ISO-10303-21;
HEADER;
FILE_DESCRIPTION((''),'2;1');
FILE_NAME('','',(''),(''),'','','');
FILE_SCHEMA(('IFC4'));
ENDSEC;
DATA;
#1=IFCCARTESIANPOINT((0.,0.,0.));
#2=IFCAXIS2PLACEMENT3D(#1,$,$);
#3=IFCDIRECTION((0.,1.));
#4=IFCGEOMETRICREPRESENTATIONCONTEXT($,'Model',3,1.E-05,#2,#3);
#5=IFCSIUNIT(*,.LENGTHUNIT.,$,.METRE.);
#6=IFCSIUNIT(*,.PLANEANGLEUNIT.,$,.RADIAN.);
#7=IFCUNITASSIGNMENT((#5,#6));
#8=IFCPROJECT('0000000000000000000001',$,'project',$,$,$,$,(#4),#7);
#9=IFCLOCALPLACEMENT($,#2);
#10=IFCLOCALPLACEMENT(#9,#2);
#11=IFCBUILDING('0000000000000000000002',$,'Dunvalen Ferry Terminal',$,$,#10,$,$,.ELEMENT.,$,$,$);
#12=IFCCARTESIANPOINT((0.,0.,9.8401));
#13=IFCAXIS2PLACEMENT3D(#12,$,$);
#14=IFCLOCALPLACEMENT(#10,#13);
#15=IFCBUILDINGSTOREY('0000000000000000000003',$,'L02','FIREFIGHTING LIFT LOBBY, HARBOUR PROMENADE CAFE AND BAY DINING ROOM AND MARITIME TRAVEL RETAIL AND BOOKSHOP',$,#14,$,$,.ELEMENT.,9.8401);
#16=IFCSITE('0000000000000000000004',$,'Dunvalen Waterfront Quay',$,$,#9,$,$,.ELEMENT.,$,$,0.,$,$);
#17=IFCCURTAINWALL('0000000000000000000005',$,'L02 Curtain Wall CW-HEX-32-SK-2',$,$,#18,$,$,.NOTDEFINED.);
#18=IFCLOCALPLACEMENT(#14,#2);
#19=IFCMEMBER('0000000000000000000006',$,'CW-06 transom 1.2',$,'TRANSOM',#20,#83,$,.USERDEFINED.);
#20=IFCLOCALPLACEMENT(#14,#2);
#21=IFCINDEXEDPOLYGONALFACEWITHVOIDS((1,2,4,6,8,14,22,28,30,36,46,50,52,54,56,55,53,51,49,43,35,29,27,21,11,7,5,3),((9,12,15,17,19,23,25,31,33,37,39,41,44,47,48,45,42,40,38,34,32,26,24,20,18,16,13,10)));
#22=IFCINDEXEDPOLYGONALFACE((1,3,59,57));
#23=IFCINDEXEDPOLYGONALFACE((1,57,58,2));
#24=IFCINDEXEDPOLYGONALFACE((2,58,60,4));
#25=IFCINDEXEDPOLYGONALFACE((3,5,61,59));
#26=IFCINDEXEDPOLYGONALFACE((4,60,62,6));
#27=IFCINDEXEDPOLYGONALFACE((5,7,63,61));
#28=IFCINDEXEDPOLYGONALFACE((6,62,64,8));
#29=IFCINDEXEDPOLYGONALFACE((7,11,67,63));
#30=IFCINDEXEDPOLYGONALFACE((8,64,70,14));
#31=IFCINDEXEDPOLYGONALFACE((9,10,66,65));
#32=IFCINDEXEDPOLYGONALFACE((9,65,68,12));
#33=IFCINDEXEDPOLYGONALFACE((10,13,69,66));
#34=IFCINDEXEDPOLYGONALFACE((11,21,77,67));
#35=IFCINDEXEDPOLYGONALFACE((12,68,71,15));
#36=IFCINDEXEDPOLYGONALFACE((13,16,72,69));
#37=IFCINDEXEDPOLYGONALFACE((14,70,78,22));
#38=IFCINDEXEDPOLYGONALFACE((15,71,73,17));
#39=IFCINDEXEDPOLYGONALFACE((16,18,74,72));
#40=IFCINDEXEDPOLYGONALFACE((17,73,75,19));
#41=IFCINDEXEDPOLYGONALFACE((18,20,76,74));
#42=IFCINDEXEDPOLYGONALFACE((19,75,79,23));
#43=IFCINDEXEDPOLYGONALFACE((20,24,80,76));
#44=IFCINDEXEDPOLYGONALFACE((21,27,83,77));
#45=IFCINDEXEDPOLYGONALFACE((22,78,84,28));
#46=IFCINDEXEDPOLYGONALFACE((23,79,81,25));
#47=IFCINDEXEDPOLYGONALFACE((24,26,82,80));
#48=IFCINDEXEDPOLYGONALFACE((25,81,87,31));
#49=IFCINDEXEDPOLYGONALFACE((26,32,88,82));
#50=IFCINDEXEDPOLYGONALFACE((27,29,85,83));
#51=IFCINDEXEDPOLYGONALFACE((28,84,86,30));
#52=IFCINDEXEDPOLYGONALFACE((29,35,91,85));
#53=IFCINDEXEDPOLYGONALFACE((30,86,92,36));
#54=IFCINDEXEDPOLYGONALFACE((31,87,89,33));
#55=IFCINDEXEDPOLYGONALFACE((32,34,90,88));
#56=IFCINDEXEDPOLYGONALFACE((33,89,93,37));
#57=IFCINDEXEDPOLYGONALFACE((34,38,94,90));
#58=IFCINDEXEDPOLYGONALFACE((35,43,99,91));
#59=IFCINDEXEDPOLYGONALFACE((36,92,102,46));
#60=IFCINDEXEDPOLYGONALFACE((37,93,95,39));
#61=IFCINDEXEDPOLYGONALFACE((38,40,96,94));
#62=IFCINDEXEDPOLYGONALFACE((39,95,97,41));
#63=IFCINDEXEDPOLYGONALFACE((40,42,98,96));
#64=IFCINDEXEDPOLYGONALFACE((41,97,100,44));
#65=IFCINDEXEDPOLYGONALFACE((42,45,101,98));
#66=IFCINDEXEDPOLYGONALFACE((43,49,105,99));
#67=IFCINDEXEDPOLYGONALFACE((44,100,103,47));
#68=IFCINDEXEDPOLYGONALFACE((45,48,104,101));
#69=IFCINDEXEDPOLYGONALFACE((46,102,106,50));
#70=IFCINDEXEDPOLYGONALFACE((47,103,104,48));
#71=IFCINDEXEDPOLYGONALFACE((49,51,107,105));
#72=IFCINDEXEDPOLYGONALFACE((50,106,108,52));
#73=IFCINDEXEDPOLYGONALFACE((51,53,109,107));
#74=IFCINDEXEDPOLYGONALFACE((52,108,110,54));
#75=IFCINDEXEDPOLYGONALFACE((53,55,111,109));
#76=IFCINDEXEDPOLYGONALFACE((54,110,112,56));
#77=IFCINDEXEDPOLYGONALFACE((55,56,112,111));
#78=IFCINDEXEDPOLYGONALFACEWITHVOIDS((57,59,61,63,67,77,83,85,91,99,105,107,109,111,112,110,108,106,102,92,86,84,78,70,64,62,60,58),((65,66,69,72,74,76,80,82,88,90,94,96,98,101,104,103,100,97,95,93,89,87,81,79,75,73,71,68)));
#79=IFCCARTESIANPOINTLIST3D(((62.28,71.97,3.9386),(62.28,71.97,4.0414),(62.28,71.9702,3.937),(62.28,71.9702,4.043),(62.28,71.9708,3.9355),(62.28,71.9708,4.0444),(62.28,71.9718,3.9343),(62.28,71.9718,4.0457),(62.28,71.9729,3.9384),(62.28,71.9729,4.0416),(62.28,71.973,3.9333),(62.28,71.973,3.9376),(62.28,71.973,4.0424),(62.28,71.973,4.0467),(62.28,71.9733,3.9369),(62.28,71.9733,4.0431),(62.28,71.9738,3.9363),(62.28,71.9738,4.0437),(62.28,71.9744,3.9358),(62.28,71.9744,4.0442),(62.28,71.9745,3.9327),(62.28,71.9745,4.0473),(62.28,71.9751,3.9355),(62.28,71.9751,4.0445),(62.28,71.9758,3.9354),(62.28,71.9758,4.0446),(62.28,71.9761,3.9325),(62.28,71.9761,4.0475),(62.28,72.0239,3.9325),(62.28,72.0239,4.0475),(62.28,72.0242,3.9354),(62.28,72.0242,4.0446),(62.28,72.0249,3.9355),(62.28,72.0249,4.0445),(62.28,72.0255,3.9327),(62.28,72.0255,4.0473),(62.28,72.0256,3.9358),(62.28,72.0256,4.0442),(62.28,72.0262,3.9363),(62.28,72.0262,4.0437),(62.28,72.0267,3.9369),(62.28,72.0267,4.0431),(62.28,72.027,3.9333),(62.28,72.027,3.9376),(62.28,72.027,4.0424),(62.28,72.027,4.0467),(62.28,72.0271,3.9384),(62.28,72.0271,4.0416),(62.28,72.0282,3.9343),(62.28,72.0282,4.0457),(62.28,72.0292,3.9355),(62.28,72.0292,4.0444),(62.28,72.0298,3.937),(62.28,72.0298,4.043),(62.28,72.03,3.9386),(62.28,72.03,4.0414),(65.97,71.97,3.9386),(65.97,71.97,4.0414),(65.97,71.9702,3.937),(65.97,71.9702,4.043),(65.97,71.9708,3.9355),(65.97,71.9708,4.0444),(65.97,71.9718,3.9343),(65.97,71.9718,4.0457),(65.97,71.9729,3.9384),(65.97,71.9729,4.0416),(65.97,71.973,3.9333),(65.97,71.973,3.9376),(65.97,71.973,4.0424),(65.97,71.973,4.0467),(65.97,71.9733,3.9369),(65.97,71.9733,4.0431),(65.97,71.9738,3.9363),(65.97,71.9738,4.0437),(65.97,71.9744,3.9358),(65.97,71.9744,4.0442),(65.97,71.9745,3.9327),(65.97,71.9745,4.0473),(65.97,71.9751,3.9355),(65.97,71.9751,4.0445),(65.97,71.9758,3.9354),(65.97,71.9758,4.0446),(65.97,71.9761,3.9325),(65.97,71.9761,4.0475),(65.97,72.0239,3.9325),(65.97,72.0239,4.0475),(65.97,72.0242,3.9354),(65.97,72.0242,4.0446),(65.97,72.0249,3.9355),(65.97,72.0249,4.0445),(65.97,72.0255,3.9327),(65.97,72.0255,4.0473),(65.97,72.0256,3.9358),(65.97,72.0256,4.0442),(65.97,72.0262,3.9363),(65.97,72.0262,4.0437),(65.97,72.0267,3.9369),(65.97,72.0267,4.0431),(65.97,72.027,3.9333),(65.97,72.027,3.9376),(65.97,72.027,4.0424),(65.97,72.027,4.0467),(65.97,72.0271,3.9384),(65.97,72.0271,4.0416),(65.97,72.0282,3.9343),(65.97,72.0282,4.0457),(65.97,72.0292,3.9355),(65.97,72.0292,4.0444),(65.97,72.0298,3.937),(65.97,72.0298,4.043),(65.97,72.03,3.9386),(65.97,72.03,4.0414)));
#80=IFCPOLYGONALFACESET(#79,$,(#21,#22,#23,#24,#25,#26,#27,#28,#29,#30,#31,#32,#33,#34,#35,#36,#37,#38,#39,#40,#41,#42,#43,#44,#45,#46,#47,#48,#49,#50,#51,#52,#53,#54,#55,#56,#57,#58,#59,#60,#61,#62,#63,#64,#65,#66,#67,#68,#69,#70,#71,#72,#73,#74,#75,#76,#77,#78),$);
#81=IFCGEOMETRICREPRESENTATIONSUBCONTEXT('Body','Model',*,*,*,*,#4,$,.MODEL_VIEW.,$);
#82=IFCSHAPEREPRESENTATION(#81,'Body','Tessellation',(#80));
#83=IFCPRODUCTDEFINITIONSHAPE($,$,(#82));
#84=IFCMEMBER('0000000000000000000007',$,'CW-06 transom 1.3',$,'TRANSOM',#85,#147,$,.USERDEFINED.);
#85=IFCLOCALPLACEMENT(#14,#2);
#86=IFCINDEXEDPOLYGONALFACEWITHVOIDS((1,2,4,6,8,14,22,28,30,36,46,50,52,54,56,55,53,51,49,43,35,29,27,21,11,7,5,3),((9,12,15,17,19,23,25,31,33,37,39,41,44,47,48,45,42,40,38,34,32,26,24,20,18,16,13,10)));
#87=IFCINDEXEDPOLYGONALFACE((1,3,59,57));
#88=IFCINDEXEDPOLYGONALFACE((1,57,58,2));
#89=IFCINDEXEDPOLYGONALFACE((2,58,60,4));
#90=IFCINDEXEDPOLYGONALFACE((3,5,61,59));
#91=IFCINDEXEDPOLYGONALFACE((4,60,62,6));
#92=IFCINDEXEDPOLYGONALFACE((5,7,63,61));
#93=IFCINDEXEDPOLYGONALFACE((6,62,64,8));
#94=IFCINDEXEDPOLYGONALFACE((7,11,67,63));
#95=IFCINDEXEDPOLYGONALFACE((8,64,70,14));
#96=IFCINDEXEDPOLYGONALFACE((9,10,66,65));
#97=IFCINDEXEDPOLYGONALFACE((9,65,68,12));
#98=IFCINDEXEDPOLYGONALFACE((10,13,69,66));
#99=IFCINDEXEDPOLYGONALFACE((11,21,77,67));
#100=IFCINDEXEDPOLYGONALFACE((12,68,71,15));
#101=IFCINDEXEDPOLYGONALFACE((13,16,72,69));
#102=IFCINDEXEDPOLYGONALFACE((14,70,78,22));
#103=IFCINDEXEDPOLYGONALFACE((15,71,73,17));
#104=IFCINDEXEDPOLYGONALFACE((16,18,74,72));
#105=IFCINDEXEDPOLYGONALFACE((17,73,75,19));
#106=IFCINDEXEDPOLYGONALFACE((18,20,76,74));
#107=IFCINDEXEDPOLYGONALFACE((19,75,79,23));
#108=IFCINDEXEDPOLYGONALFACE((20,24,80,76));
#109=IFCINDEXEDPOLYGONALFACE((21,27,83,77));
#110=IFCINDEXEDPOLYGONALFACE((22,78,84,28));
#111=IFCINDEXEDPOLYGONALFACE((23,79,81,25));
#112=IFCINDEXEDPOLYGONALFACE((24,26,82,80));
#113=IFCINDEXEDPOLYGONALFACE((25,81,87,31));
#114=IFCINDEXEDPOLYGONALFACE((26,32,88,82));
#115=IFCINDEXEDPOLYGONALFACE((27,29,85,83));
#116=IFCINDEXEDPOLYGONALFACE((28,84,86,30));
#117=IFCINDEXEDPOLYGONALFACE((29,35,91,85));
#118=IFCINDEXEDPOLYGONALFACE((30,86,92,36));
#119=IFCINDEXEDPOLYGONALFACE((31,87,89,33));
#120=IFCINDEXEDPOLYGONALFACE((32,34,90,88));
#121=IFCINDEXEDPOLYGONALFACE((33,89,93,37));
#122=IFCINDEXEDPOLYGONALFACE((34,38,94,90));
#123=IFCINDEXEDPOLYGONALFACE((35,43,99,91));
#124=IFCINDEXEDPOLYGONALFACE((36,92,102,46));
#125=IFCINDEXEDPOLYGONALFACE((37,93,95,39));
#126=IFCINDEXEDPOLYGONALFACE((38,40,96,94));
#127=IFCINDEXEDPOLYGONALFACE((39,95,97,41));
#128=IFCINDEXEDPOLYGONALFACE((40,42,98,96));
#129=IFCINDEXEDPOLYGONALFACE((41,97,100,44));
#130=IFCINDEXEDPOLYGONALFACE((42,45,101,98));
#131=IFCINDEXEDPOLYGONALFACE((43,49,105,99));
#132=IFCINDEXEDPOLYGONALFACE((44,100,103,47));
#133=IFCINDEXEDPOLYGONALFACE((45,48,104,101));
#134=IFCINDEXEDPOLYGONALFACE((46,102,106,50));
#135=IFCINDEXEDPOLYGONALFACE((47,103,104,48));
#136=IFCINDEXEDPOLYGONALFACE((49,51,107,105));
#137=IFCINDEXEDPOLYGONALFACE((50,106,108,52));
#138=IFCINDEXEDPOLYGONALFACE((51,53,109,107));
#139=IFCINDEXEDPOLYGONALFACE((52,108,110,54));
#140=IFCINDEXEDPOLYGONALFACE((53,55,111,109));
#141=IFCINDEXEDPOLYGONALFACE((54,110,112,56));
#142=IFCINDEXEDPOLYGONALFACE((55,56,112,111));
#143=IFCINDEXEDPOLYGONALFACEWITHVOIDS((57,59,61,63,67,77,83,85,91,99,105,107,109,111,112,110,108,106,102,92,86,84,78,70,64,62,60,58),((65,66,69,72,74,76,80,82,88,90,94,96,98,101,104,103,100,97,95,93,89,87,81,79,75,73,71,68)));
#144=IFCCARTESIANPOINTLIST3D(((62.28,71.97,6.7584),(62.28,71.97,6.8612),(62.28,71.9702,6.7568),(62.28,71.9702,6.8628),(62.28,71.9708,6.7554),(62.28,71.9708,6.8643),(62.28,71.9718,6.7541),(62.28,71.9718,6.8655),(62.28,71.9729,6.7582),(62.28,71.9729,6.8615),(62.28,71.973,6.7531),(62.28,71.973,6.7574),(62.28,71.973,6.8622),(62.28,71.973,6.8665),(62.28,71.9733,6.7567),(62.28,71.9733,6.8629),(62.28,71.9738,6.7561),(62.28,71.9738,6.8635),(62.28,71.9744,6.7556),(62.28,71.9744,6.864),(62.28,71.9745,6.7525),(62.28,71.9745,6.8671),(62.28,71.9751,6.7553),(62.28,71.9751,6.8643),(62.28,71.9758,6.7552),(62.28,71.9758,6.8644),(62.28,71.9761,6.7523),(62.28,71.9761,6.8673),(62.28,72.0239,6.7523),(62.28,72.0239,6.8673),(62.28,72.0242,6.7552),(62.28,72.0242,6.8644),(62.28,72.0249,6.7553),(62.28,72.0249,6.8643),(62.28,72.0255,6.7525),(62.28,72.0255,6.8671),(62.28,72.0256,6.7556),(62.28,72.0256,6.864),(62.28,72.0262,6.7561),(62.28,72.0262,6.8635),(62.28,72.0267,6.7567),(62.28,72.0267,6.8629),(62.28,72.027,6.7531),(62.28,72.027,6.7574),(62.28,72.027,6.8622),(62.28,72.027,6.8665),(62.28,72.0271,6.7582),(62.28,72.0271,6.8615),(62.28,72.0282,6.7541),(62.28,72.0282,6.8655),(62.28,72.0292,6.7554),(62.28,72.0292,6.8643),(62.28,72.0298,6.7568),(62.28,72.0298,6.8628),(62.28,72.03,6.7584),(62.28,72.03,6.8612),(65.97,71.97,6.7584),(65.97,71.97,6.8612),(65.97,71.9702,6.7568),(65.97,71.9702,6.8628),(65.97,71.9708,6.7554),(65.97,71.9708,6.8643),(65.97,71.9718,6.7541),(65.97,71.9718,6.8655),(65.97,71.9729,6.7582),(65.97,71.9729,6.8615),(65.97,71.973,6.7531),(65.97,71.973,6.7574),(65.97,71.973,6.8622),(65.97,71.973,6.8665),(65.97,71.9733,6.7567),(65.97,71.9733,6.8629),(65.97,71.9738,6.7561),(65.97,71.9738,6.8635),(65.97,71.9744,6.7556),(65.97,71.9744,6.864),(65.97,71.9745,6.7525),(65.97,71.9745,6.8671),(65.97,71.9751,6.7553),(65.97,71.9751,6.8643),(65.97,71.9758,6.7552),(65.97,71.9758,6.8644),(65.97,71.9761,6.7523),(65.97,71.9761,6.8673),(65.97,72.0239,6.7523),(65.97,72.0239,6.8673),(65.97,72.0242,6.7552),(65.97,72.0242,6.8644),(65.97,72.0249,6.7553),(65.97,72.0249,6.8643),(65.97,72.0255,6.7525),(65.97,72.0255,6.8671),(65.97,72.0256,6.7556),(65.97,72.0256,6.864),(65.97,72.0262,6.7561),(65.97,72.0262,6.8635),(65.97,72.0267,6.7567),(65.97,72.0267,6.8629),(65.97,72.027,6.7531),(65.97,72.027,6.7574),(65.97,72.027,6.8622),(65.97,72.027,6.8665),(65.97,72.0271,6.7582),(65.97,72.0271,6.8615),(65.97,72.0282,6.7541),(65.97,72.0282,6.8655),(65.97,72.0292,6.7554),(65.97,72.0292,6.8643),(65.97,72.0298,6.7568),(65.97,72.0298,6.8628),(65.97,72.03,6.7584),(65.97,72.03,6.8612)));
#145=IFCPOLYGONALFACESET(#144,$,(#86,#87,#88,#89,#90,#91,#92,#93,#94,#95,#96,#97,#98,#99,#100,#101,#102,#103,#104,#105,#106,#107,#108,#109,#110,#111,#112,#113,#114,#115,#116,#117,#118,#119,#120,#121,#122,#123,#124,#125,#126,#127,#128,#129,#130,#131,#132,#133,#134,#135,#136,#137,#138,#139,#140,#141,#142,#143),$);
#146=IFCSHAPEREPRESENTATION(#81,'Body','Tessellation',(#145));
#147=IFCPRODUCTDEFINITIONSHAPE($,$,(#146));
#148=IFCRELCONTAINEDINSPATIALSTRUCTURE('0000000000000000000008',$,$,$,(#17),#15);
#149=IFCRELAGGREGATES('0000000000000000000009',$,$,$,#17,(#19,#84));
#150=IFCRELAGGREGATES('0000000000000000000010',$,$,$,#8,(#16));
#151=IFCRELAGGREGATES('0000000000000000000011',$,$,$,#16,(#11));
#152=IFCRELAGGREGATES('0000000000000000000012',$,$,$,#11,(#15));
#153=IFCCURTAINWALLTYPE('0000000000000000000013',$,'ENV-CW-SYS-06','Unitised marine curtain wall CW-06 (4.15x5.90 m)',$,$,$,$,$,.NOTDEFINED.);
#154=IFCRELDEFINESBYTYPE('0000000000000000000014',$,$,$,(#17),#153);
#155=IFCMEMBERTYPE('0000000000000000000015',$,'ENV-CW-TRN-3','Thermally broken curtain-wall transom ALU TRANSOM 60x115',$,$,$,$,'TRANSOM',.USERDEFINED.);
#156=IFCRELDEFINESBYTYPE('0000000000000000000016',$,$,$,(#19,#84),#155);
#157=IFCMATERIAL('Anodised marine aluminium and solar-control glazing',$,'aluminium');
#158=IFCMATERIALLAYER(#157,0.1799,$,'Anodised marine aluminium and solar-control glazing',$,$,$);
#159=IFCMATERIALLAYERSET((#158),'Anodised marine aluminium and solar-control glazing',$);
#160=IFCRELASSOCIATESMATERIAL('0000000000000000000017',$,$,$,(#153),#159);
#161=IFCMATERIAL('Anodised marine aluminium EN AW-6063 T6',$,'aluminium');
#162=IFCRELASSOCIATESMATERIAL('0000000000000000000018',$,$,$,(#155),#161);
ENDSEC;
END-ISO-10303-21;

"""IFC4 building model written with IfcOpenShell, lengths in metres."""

from ifc_helpers import new_model, si_unit, direction, frame, origin, origin_2d, place, context, subcontext, project, spatial, hollow_rectangle, extrude, material, layer, layer_set, material_profile, profile_set, type_object, element, aggregate, save


model = new_model("IFC4")

# Units and contexts
model_context = context("Model", 3, precision=1e-05, world=origin(), true_north=direction((0.0, 1.0)))
body_context = subcontext(model_context, "Body", "Model", "MODEL_VIEW")
ifc_project = project(units=[si_unit("LENGTHUNIT", "METRE"), si_unit("PLANEANGLEUNIT", "RADIAN")], contexts=[model_context])

# Site, building, storey
site_placement = place(None, origin())
site = spatial("IfcSite", under=ifc_project, at=site_placement, Name="Dunvalen Waterfront Quay", CompositionType="ELEMENT", RefElevation=0.0)
building_placement = place(site_placement, origin())
building = spatial("IfcBuilding", under=site, at=building_placement, Name="Dunvalen Ferry Terminal", CompositionType="ELEMENT")
storey_placement = place(building_placement, frame((0.0, 0.0, 9.8401)))
storey = spatial("IfcBuildingStorey", under=building, at=storey_placement, Name="L02", Description="FIREFIGHTING LIFT LOBBY, HARBOUR PROMENADE CAFE AND BAY DINING ROOM AND MARITIME TRAVEL RETAIL AND BOOKSHOP", CompositionType="ELEMENT", Elevation=9.8401)

# Curtain wall, members
ifc_material_1 = material(Name="Anodised marine aluminium and solar-control glazing", Category="aluminium")
ifc_layer_1 = layer(ifc_material_1, 0.1799, Name="Anodised marine aluminium and solar-control glazing")
ifc_layer_set_1 = layer_set([ifc_layer_1], Name="Anodised marine aluminium and solar-control glazing")
curtain_wall_type = type_object("IfcCurtainWallType", Name="ENV-CW-SYS-06", Description="Unitised marine curtain wall CW-06 (4.15x5.90 m)", PredefinedType="NOTDEFINED", material=ifc_layer_set_1)
curtain_wall_placement = place(storey_placement, origin())
curtain_wall = element("IfcCurtainWall", 1, at=curtain_wall_placement, inside=storey, type_object=curtain_wall_type, Name="L02 Curtain Wall CW-HEX-32-SK-2", PredefinedType="NOTDEFINED")
ifc_material_2 = material(Name="Anodised marine aluminium EN AW-6063 T6", Category="aluminium")
ifc_material_profile_1 = material_profile(ifc_material_2, hollow_rectangle(XDim=0.0601, YDim=0.115, WallThickness=0.0029, InnerFilletRadius=0.0029, OuterFilletRadius=0.0061, at=origin_2d()), Name="Anodised marine aluminium EN AW-6063 T6")
ifc_profile_set_1 = profile_set([ifc_material_profile_1], Name="Anodised marine aluminium EN AW-6063 T6")
member_type_1 = type_object("IfcMemberType", Name="ENV-CW-TRN-3", Description="Thermally broken curtain-wall transom ALU TRANSOM 60x115", ElementType="TRANSOM", PredefinedType="USERDEFINED", material=ifc_profile_set_1)
member_1_placement = place(storey_placement, frame((62.28, 72.0, 3.99), z_axis=(1.0, 0.0, 0.0), x_axis=(0.0, 1.0, 0.0)))
member_1 = element("IfcMember", 2, at=member_1_placement, type_object=member_type_1, Name="CW-06 transom 1.2", ObjectType="TRANSOM", PredefinedType="USERDEFINED", context=body_context, shape_type="SweptSolid", body=[
    extrude(hollow_rectangle(XDim=0.0601, YDim=0.115, WallThickness=0.0029, InnerFilletRadius=0.0029, OuterFilletRadius=0.0061, at=origin_2d()), origin(), (0.0, 0.0, 1.0), 3.6899),
])
member_2_placement = place(storey_placement, frame((62.28, 72.0, 6.8098), z_axis=(1.0, 0.0, 0.0), x_axis=(0.0, 1.0, 0.0)))
member_2 = element("IfcMember", 3, at=member_2_placement, type_object=member_type_1, Name="CW-06 transom 1.3", ObjectType="TRANSOM", PredefinedType="USERDEFINED", context=body_context, shape_type="SweptSolid", body=[
    extrude(hollow_rectangle(XDim=0.0601, YDim=0.115, WallThickness=0.0029, InnerFilletRadius=0.0029, OuterFilletRadius=0.0061, at=origin_2d()), origin(), (0.0, 0.0, 1.0), 3.6899),
])

aggregate(curtain_wall, [member_1, member_2])

save(model, "model.ifc")
